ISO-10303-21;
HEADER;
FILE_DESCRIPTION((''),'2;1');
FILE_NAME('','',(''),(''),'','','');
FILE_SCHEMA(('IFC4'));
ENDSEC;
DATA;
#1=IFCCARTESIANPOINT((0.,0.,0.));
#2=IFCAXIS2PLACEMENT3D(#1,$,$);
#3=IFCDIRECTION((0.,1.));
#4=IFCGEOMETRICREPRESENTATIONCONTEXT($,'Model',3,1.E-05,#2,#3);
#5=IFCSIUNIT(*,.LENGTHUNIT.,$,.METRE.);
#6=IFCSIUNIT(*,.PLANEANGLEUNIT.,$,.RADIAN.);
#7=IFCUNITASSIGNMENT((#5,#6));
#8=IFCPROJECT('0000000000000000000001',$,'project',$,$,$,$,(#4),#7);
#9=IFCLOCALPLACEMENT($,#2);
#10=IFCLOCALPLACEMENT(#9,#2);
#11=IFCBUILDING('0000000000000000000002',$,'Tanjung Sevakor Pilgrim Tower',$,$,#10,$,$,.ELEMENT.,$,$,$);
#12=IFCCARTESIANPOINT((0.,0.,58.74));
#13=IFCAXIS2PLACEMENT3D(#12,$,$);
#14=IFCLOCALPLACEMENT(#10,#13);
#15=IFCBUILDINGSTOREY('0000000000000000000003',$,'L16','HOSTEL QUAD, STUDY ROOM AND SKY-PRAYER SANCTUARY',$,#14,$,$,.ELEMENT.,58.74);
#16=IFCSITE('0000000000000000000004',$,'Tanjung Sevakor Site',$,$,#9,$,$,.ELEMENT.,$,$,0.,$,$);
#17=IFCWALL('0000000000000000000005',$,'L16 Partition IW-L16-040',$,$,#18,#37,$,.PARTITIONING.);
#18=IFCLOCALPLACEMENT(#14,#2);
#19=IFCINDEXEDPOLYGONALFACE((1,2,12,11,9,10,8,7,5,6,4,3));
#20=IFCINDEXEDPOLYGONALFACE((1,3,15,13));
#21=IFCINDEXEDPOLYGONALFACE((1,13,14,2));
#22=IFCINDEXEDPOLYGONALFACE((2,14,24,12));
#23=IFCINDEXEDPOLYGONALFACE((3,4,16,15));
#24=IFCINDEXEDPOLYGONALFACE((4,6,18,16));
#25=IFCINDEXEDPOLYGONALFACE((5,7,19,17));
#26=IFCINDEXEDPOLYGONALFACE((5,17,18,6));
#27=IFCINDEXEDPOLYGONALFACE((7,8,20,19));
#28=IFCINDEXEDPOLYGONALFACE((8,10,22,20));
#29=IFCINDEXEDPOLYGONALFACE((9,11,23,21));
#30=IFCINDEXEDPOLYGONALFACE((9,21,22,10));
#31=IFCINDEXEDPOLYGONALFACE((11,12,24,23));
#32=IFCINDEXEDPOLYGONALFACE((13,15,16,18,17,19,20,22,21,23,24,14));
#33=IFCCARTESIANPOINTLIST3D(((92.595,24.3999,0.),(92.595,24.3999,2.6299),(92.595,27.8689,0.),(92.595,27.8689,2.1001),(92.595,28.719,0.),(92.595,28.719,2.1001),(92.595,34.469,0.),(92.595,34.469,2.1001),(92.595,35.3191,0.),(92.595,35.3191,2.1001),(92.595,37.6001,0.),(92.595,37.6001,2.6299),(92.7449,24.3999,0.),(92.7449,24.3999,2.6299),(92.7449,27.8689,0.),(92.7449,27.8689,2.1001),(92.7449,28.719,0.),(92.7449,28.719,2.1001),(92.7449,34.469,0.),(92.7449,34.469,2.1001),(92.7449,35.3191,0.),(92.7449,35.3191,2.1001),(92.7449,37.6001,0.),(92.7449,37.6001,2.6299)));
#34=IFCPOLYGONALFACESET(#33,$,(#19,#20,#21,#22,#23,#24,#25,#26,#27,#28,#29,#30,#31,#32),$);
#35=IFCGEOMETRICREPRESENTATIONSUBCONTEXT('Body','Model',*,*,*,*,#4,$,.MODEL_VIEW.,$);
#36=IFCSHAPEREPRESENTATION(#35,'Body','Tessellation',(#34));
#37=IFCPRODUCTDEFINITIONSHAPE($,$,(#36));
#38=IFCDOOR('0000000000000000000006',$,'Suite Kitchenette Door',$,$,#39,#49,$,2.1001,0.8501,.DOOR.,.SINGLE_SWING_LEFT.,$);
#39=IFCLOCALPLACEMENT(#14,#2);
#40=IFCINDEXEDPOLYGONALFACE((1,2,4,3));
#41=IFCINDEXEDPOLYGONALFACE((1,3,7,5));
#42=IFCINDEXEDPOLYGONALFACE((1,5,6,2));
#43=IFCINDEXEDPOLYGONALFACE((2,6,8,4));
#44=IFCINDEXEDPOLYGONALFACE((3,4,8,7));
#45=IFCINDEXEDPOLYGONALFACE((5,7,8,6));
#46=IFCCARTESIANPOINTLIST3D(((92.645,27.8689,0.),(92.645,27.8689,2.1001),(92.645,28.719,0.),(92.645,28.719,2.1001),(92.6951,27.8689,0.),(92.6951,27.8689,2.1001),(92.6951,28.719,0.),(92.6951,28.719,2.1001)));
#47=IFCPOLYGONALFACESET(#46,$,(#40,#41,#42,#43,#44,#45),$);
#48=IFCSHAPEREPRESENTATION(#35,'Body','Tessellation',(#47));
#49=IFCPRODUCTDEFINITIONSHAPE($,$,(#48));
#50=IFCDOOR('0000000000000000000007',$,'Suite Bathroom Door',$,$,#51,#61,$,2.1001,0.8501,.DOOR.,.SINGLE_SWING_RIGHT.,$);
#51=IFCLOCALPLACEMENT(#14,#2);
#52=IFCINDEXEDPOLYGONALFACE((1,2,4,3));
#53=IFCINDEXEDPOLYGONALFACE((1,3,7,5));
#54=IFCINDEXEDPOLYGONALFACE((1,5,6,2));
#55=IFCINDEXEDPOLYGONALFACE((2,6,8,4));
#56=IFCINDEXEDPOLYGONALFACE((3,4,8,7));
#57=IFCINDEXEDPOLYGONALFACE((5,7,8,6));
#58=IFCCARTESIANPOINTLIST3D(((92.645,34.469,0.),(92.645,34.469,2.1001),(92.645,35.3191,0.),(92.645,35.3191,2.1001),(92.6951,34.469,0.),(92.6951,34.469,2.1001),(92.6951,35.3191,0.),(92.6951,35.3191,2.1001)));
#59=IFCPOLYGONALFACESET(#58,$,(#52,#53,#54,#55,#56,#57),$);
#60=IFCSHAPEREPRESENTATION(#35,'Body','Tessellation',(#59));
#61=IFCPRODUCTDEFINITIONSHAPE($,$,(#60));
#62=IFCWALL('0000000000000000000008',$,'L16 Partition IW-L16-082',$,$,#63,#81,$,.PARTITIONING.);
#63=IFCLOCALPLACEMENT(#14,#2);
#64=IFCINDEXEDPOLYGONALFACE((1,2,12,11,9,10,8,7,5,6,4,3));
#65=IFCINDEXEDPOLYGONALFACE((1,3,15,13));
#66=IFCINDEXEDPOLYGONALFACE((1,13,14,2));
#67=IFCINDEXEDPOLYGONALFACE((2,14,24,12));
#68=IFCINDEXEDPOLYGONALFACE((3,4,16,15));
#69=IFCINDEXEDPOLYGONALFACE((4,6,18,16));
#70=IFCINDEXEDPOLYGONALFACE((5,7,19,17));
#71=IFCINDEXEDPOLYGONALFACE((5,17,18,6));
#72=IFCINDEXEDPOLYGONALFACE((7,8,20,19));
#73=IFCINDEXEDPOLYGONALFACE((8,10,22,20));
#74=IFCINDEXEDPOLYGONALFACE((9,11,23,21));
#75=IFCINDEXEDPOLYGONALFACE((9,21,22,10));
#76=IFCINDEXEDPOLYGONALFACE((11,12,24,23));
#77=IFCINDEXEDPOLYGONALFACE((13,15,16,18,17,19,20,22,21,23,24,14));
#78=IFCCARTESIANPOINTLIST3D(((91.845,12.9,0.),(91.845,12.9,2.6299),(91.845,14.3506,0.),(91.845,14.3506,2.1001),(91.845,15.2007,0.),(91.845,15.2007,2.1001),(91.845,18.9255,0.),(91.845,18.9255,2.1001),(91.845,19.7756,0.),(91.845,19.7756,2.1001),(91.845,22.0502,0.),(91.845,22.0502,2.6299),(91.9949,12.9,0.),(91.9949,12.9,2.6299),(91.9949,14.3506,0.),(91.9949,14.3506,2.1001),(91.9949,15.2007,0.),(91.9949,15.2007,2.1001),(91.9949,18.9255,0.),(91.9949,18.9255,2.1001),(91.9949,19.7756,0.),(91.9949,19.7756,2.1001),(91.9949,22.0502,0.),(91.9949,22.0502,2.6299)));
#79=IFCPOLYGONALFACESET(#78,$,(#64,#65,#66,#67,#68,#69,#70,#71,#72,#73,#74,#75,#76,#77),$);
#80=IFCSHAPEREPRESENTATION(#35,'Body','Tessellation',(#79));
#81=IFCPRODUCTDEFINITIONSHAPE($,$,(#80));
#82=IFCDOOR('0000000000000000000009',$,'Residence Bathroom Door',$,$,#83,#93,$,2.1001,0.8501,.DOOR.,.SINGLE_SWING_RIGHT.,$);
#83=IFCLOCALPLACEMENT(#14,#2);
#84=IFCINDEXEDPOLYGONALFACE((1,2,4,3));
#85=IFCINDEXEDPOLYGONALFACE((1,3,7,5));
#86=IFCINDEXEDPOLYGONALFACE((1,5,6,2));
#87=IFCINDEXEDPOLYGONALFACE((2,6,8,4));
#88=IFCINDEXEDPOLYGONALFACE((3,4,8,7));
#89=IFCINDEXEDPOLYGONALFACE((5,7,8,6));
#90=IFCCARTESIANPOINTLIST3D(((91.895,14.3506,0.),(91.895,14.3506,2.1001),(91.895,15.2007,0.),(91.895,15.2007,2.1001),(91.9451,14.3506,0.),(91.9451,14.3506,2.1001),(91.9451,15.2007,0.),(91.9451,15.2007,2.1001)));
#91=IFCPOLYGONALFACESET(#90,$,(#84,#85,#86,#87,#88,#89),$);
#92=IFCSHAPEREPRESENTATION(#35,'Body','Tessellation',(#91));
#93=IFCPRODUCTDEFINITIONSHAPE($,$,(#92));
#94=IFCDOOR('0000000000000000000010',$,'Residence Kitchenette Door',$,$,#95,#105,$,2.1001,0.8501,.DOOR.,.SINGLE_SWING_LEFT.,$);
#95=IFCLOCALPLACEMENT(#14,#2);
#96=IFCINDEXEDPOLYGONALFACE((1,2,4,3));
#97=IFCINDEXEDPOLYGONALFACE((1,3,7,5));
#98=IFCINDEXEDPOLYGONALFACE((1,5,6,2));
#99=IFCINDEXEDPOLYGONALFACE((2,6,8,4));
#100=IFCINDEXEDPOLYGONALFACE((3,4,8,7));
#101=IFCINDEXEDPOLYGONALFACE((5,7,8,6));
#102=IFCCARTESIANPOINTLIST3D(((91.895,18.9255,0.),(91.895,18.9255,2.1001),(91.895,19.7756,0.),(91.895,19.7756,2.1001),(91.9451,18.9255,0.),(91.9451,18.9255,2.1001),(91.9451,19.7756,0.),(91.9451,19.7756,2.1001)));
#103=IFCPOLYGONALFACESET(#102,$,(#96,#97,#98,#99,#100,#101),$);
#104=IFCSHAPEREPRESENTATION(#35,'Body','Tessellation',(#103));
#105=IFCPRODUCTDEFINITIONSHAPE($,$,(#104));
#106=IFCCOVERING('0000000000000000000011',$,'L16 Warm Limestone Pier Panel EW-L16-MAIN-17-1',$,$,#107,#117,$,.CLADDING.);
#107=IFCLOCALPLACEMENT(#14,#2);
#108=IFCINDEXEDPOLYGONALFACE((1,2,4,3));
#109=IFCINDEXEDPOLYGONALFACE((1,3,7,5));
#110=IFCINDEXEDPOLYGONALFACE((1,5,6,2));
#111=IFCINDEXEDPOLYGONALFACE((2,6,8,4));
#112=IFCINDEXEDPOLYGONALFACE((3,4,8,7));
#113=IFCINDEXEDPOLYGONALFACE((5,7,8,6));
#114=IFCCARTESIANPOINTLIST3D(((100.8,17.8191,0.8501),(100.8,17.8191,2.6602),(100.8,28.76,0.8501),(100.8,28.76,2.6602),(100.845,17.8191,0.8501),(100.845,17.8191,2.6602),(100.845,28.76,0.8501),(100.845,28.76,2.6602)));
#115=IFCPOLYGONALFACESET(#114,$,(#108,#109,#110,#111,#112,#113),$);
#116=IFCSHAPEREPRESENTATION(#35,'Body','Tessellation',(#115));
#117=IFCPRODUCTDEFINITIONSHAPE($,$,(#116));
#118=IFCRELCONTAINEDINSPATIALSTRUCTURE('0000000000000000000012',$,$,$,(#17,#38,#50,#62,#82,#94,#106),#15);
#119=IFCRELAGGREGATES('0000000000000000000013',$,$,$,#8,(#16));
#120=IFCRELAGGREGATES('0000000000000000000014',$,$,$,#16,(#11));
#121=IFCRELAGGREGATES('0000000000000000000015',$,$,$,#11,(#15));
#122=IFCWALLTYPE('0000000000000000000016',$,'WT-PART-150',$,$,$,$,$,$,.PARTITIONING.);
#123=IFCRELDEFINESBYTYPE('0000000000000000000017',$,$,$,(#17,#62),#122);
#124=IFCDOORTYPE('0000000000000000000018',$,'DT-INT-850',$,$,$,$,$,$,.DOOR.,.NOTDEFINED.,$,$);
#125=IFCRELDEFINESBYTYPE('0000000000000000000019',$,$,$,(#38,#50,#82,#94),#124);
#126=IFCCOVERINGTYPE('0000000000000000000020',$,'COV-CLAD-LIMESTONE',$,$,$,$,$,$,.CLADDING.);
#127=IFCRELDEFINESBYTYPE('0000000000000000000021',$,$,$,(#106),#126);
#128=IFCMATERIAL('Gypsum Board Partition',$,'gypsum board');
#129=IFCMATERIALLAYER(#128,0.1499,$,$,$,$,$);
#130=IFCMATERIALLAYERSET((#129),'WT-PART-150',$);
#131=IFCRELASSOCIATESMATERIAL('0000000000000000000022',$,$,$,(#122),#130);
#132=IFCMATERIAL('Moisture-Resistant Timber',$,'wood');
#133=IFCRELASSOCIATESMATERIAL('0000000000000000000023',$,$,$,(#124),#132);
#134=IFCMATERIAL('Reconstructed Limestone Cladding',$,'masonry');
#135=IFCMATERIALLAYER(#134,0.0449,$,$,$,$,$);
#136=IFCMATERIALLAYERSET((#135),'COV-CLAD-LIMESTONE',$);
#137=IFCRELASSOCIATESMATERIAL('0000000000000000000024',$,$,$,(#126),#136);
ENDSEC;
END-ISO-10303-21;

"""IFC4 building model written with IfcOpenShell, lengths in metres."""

from ifc_helpers import new_model, si_unit, direction, frame, frame_2d, origin, origin_2d, place, context, subcontext, project, spatial, rectangle, extrude, material, layer, layer_set, type_object, element, fill, save


model = new_model("IFC4")

# Units and contexts
model_context = context("Model", 3, precision=1e-05, world=origin(), true_north=direction((0.0, 1.0)))
body_context = subcontext(model_context, "Body", "Model", "MODEL_VIEW")
ifc_project = project(units=[si_unit("LENGTHUNIT", "METRE"), si_unit("PLANEANGLEUNIT", "RADIAN")], contexts=[model_context])

# Site, building, storey
site_placement = place(None, origin())
site = spatial("IfcSite", under=ifc_project, at=site_placement, Name="Tanjung Sevakor Site", CompositionType="ELEMENT", RefElevation=0.0)
building_placement = place(site_placement, origin())
building = spatial("IfcBuilding", under=site, at=building_placement, Name="Tanjung Sevakor Pilgrim Tower", CompositionType="ELEMENT")
storey_placement = place(building_placement, frame((0.0, 0.0, 58.74)))
storey = spatial("IfcBuildingStorey", under=building, at=storey_placement, Name="L16", Description="HOSTEL QUAD, STUDY ROOM AND SKY-PRAYER SANCTUARY", CompositionType="ELEMENT", Elevation=58.74)

# Shared definitions
ifc_material_1 = material(Name="Gypsum Board Partition", Category="gypsum board")
ifc_layer_1 = layer(ifc_material_1, 0.1499)
ifc_layer_set_1 = layer_set([ifc_layer_1], Name="WT-PART-150")
wall_type_1 = type_object("IfcWallType", Name="WT-PART-150", PredefinedType="PARTITIONING", material=ifc_layer_set_1)
ifc_material_2 = material(Name="Moisture-Resistant Timber", Category="wood")
door_type_1 = type_object("IfcDoorType", Name="DT-INT-850", OperationType="NOTDEFINED", PredefinedType="DOOR", material=ifc_material_2)

# Walls, openings, doors
wall_1_placement = place(storey_placement, frame((92.6699, 24.3999, 0.0), z_axis=(0.0, 0.0, 1.0), x_axis=(0.0, 1.0, 0.0)))
wall_1 = element("IfcWall", 1, at=wall_1_placement, inside=storey, type_object=wall_type_1, Name="L16 Partition IW-L16-040", PredefinedType="PARTITIONING", context=body_context, shape_type="SweptSolid", body=[
    extrude(rectangle(XDim=13.2002, YDim=0.1499, at=frame_2d((6.6001, 0.0))), origin(), (0.0, 0.0, 1.0), 2.6299),
])
opening_1_placement = place(wall_1_placement, frame((3.469, 0.0, 0.0)))
opening_1 = element("IfcOpeningElement", 2, at=opening_1_placement, cuts=wall_1, PredefinedType="OPENING", context=body_context, shape_type="SweptSolid", body=[
    extrude(rectangle(XDim=0.8501, YDim=2.1001, at=frame_2d((0.425, 1.05))), frame((0.0, 0.085, 0.0), z_axis=(0.0, -1.0, 0.0), x_axis=(1.0, 0.0, 0.0)), (0.0, 0.0, 1.0), 0.1699),
])
opening_2_placement = place(wall_1_placement, frame((10.0691, 0.0, 0.0)))
opening_2 = element("IfcOpeningElement", 3, at=opening_2_placement, cuts=wall_1, PredefinedType="OPENING", context=body_context, shape_type="SweptSolid", body=[
    extrude(rectangle(XDim=0.8501, YDim=2.1001, at=frame_2d((0.425, 1.05))), frame((0.0, 0.085, 0.0), z_axis=(0.0, -1.0, 0.0), x_axis=(1.0, 0.0, 0.0)), (0.0, 0.0, 1.0), 0.1699),
])
door_1_placement = place(opening_1_placement, origin())
door_1 = element("IfcDoor", 4, at=door_1_placement, inside=storey, type_object=door_type_1, Name="Suite Kitchenette Door", OperationType="SINGLE_SWING_LEFT", OverallHeight=2.1001, OverallWidth=0.8501, PredefinedType="DOOR", context=body_context, shape_type="SweptSolid", body=[
    extrude(rectangle(XDim=0.8501, YDim=2.1001, at=frame_2d((0.425, 1.05))), frame((0.0, 0.0249, 0.0), z_axis=(0.0, -1.0, 0.0), x_axis=(1.0, 0.0, 0.0)), (0.0, 0.0, 1.0), 0.05),
])
fill(opening_1, door_1)
door_2_placement = place(opening_2_placement, origin())
door_2 = element("IfcDoor", 5, at=door_2_placement, inside=storey, type_object=door_type_1, Name="Suite Bathroom Door", OperationType="SINGLE_SWING_RIGHT", OverallHeight=2.1001, OverallWidth=0.8501, PredefinedType="DOOR", context=body_context, shape_type="SweptSolid", body=[
    extrude(rectangle(XDim=0.8501, YDim=2.1001, at=frame_2d((0.425, 1.05))), frame((0.0, 0.0249, 0.0), z_axis=(0.0, -1.0, 0.0), x_axis=(1.0, 0.0, 0.0)), (0.0, 0.0, 1.0), 0.05),
])
fill(opening_2, door_2)
wall_2_placement = place(storey_placement, frame((91.9199, 12.8999, 0.0), z_axis=(0.0, 0.0, 1.0), x_axis=(0.0, 1.0, 0.0)))
wall_2 = element("IfcWall", 6, at=wall_2_placement, inside=storey, type_object=wall_type_1, Name="L16 Partition IW-L16-082", PredefinedType="PARTITIONING", context=body_context, shape_type="SweptSolid", body=[
    extrude(rectangle(XDim=9.1501, YDim=0.1499, at=frame_2d((4.5752, 0.0))), origin(), (0.0, 0.0, 1.0), 2.6299),
])
opening_3_placement = place(wall_2_placement, frame((1.4507, 0.0, 0.0)))
opening_3 = element("IfcOpeningElement", 7, at=opening_3_placement, cuts=wall_2, PredefinedType="OPENING", context=body_context, shape_type="SweptSolid", body=[
    extrude(rectangle(XDim=0.8501, YDim=2.1001, at=frame_2d((0.425, 1.05))), frame((0.0, 0.085, 0.0), z_axis=(0.0, -1.0, 0.0), x_axis=(1.0, 0.0, 0.0)), (0.0, 0.0, 1.0), 0.1699),
])
opening_4_placement = place(wall_2_placement, frame((6.0256, 0.0, 0.0)))
opening_4 = element("IfcOpeningElement", 8, at=opening_4_placement, cuts=wall_2, PredefinedType="OPENING", context=body_context, shape_type="SweptSolid", body=[
    extrude(rectangle(XDim=0.8501, YDim=2.1001, at=frame_2d((0.425, 1.05))), frame((0.0, 0.085, 0.0), z_axis=(0.0, -1.0, 0.0), x_axis=(1.0, 0.0, 0.0)), (0.0, 0.0, 1.0), 0.1699),
])
door_3_placement = place(opening_3_placement, origin())
door_3 = element("IfcDoor", 9, at=door_3_placement, inside=storey, type_object=door_type_1, Name="Residence Bathroom Door", OperationType="SINGLE_SWING_RIGHT", OverallHeight=2.1001, OverallWidth=0.8501, PredefinedType="DOOR", context=body_context, shape_type="SweptSolid", body=[
    extrude(rectangle(XDim=0.8501, YDim=2.1001, at=frame_2d((0.425, 1.05))), frame((0.0, 0.0249, 0.0), z_axis=(0.0, -1.0, 0.0), x_axis=(1.0, 0.0, 0.0)), (0.0, 0.0, 1.0), 0.05),
])
fill(opening_3, door_3)
door_4_placement = place(opening_4_placement, origin())
door_4 = element("IfcDoor", 10, at=door_4_placement, inside=storey, type_object=door_type_1, Name="Residence Kitchenette Door", OperationType="SINGLE_SWING_LEFT", OverallHeight=2.1001, OverallWidth=0.8501, PredefinedType="DOOR", context=body_context, shape_type="SweptSolid", body=[
    extrude(rectangle(XDim=0.8501, YDim=2.1001, at=frame_2d((0.425, 1.05))), frame((0.0, 0.0249, 0.0), z_axis=(0.0, -1.0, 0.0), x_axis=(1.0, 0.0, 0.0)), (0.0, 0.0, 1.0), 0.05),
])
fill(opening_4, door_4)

# Covering
ifc_material_3 = material(Name="Reconstructed Limestone Cladding", Category="masonry")
ifc_layer_2 = layer(ifc_material_3, 0.0449)
ifc_layer_set_2 = layer_set([ifc_layer_2], Name="COV-CLAD-LIMESTONE")
covering_type = type_object("IfcCoveringType", Name="COV-CLAD-LIMESTONE", PredefinedType="CLADDING", material=ifc_layer_set_2)
covering_placement = place(storey_placement, frame((100.8225, 23.2896, 0.8501), z_axis=(0.0, 0.0, 1.0), x_axis=(0.0, 1.0, 0.0)))
element("IfcCovering", 11, at=covering_placement, inside=storey, type_object=covering_type, Name="L16 Warm Limestone Pier Panel EW-L16-MAIN-17-1", PredefinedType="CLADDING", context=body_context, shape_type="SweptSolid", body=[
    extrude(rectangle(XDim=10.9409, YDim=0.0449, at=origin_2d()), origin(), (0.0, 0.0, 1.0), 1.8101),
])

save(model, "model.ifc")
